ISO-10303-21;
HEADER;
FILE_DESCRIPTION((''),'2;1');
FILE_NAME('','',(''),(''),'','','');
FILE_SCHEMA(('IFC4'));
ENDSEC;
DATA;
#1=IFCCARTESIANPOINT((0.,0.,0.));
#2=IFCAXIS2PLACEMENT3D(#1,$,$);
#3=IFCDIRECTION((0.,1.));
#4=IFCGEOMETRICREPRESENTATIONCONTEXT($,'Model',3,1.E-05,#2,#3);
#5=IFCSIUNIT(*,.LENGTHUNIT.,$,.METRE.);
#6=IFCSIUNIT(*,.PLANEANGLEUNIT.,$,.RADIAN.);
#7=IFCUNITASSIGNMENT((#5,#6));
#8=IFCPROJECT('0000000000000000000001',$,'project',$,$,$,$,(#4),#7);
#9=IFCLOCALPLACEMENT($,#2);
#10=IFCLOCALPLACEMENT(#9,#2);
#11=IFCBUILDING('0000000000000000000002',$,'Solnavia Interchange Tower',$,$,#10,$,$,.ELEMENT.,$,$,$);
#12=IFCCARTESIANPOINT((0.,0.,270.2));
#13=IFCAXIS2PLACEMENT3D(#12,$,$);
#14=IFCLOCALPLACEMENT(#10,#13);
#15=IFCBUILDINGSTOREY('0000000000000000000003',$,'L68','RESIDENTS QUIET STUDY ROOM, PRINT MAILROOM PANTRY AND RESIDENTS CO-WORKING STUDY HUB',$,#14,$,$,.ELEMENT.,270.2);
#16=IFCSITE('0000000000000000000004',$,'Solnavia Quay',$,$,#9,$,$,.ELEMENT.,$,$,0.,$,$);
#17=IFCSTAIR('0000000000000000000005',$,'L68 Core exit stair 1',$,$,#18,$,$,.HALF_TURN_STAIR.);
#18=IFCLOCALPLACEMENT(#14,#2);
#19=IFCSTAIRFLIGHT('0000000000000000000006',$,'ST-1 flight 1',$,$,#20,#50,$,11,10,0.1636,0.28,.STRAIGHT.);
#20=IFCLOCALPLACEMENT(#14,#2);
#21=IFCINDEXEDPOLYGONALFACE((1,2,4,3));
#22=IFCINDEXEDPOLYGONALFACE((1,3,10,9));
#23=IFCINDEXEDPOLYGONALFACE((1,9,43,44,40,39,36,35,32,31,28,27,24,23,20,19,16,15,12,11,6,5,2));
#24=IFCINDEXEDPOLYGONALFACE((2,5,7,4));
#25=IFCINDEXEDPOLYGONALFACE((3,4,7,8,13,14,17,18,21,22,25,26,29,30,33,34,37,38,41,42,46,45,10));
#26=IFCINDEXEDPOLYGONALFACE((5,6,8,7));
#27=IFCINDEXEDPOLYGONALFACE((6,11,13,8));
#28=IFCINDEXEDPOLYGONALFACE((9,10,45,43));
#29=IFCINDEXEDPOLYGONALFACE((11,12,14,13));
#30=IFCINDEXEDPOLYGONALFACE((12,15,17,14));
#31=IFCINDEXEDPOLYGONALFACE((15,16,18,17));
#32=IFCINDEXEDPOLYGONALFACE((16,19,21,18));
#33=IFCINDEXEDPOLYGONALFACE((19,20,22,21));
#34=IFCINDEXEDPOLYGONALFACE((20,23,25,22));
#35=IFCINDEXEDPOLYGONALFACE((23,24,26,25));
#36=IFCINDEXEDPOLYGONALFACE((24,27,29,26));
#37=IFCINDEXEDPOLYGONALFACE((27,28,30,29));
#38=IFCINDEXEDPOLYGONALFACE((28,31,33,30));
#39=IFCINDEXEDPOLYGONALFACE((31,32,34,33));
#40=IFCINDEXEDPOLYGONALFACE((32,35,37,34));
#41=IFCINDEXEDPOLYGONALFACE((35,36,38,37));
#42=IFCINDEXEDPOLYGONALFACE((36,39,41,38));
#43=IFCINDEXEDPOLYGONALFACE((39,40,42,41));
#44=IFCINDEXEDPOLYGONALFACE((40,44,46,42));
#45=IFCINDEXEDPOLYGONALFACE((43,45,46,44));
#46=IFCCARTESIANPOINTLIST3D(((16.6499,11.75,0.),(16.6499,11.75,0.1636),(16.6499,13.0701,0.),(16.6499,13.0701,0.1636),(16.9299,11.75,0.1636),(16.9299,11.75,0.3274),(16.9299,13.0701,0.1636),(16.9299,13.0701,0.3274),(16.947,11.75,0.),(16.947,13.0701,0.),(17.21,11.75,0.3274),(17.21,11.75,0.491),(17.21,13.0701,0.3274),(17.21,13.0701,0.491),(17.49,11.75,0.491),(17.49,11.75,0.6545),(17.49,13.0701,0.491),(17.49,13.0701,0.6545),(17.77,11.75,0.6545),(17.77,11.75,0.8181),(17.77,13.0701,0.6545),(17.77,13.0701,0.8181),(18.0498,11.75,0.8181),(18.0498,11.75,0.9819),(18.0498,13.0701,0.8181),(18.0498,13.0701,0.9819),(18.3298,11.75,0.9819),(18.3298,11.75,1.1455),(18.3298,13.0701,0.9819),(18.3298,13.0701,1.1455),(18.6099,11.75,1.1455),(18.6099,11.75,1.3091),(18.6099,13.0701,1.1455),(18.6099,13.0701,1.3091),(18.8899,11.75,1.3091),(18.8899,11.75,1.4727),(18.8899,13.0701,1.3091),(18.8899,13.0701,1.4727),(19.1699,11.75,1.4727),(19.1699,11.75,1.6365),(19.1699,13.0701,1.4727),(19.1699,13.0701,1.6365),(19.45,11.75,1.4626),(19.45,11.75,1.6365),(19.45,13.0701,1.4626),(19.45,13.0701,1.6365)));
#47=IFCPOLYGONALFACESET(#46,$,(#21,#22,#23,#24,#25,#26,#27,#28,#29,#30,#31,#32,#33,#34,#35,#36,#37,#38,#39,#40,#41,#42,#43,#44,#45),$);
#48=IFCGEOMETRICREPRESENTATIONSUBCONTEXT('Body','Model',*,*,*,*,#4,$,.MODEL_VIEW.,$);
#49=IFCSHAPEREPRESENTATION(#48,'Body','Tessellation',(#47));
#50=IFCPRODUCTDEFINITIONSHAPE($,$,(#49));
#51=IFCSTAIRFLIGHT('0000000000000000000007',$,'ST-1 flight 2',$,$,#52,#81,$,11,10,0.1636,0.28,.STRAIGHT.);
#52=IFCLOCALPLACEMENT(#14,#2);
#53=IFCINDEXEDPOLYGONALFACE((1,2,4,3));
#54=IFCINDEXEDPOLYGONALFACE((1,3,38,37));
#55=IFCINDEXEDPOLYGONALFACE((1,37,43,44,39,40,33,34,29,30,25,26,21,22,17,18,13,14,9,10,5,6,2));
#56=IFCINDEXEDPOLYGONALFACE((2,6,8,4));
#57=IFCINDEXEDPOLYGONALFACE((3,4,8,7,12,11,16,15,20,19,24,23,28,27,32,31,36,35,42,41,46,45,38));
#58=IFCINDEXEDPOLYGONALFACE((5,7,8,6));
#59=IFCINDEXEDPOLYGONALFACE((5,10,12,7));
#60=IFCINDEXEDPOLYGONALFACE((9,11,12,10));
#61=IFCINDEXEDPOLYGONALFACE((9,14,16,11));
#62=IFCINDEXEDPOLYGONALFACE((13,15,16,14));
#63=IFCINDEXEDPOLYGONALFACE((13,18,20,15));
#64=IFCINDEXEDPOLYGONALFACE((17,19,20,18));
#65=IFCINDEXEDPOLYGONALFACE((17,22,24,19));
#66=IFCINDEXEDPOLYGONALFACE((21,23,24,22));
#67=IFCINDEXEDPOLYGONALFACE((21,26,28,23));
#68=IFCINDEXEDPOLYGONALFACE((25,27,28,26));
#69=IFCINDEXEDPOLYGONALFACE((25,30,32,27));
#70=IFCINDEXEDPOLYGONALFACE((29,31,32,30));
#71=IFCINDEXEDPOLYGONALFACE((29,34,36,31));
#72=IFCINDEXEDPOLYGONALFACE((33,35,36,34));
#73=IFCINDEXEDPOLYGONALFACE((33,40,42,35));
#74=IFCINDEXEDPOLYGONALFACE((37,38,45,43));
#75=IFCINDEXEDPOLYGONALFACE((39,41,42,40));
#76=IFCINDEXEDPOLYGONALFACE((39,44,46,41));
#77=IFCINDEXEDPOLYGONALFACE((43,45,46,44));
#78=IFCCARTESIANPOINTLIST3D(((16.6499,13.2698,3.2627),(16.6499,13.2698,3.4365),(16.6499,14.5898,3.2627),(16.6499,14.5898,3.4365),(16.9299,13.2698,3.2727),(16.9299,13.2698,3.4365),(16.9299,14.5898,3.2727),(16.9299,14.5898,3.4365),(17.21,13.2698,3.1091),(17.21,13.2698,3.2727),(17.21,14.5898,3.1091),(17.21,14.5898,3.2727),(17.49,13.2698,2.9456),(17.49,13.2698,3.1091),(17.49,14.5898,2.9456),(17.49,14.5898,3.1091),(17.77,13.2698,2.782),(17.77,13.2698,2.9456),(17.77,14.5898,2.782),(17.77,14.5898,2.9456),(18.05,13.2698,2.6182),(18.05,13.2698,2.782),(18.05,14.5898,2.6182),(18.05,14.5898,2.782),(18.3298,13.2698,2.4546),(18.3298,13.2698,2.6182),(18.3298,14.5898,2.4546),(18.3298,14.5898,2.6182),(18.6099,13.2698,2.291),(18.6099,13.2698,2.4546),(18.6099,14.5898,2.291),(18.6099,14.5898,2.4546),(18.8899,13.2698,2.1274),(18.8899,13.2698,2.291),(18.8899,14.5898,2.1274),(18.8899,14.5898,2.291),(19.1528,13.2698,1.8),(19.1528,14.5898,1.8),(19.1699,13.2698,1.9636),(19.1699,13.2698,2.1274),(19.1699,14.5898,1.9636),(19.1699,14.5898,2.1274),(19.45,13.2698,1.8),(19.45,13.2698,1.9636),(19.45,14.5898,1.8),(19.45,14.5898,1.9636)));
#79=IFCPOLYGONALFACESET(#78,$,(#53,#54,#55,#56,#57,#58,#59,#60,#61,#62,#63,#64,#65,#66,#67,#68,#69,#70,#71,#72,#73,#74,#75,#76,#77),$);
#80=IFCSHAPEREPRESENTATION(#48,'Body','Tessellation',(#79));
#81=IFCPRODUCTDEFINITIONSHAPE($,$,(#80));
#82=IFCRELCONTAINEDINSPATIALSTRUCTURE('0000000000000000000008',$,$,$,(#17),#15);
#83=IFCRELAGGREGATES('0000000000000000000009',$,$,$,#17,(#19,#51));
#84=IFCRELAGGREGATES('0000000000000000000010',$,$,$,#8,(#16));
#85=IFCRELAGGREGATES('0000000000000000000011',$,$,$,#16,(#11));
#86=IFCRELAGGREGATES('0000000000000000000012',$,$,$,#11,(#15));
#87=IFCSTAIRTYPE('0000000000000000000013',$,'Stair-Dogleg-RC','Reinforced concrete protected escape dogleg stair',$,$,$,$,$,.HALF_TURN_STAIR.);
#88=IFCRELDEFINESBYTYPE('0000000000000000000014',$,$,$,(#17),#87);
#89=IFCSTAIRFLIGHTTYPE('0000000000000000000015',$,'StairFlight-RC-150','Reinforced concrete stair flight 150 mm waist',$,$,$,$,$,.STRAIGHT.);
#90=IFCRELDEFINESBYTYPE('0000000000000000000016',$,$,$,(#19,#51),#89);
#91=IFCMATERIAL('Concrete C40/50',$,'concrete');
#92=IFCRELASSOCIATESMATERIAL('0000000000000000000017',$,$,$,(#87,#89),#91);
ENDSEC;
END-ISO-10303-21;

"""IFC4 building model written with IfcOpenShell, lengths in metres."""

from ifc_helpers import new_model, si_unit, direction, frame, origin, place, context, subcontext, project, spatial, polyline, outline, extrude, material, type_object, element, aggregate, save


model = new_model("IFC4")

# Units and contexts
model_context = context("Model", 3, precision=1e-05, world=origin(), true_north=direction((0.0, 1.0)))
body_context = subcontext(model_context, "Body", "Model", "MODEL_VIEW")
ifc_project = project(units=[si_unit("LENGTHUNIT", "METRE"), si_unit("PLANEANGLEUNIT", "RADIAN")], contexts=[model_context])

# Site, building, storey
site_placement = place(None, origin())
site = spatial("IfcSite", under=ifc_project, at=site_placement, Name="Solnavia Quay", CompositionType="ELEMENT", RefElevation=0.0)
building_placement = place(site_placement, origin())
building = spatial("IfcBuilding", under=site, at=building_placement, Name="Solnavia Interchange Tower", CompositionType="ELEMENT")
storey_placement = place(building_placement, frame((0.0, 0.0, 270.2)))
storey = spatial("IfcBuildingStorey", under=building, at=storey_placement, Name="L68", Description="RESIDENTS QUIET STUDY ROOM, PRINT MAILROOM PANTRY AND RESIDENTS CO-WORKING STUDY HUB", CompositionType="ELEMENT", Elevation=270.2)

# Shared definitions
ifc_material_1 = material(Name="Concrete C40/50", Category="concrete")

# Stair, stair flights
stair_type = type_object("IfcStairType", Name="Stair-Dogleg-RC", Description="Reinforced concrete protected escape dogleg stair", PredefinedType="HALF_TURN_STAIR", material=ifc_material_1)
stair_placement = place(storey_placement, origin())
stair = element("IfcStair", 1, at=stair_placement, inside=storey, type_object=stair_type, Name="L68 Core exit stair 1", PredefinedType="HALF_TURN_STAIR")
stair_flight_type = type_object("IfcStairFlightType", Name="StairFlight-RC-150", Description="Reinforced concrete stair flight 150 mm waist", PredefinedType="STRAIGHT", material=ifc_material_1)
stair_flight_1_placement = place(storey_placement, frame((16.6499, 12.4099, 0.0), z_axis=(0.0, 0.0, 1.0), x_axis=(1.0, 0.0, 0.0)))
stair_flight_1 = element("IfcStairFlight", 2, at=stair_flight_1_placement, type_object=stair_flight_type, Name="ST-1 flight 1", NumberOfRisers=11, NumberOfTreads=10, PredefinedType="STRAIGHT", RiserHeight=0.1636, TreadLength=0.28, context=body_context, shape_type="SweptSolid", body=[
    extrude(outline(polyline([(0.0, 0.0), (0.0, 0.1636), (0.28, 0.1636), (0.28, 0.3274), (0.5601, 0.3274), (0.5601, 0.491), (0.8401, 0.491), (0.8401, 0.6545), (1.1201, 0.6545), (1.1201, 0.8181), (1.3999, 0.8181), (1.3999, 0.9819), (1.6799, 0.9819), (1.6799, 1.1455), (1.96, 1.1455), (1.96, 1.3091), (2.24, 1.3091), (2.24, 1.4727), (2.52, 1.4727), (2.52, 1.6365), (2.8, 1.6365), (2.8, 1.8), (2.8, 1.4626), (0.2971, 0.0), (0.0, 0.0)])), frame((0.0, 0.6602, 0.0), z_axis=(0.0, -1.0, 0.0), x_axis=(1.0, 0.0, 0.0)), (0.0, 0.0, 1.0), 1.3201),
])
stair_flight_2_placement = place(storey_placement, frame((19.45, 13.9299, 1.8), z_axis=(0.0, 0.0, 1.0), x_axis=(-1.0, 0.0, 0.0)))
stair_flight_2 = element("IfcStairFlight", 3, at=stair_flight_2_placement, type_object=stair_flight_type, Name="ST-1 flight 2", NumberOfRisers=11, NumberOfTreads=10, PredefinedType="STRAIGHT", RiserHeight=0.1636, TreadLength=0.28, context=body_context, shape_type="SweptSolid", body=[
    extrude(outline(polyline([(0.0, 0.0), (0.0, 0.1636), (0.28, 0.1636), (0.28, 0.3274), (0.5601, 0.3274), (0.5601, 0.491), (0.8401, 0.491), (0.8401, 0.6545), (1.1201, 0.6545), (1.1201, 0.8181), (1.3999, 0.8181), (1.3999, 0.9819), (1.6799, 0.9819), (1.6799, 1.1455), (1.96, 1.1455), (1.96, 1.3091), (2.24, 1.3091), (2.24, 1.4727), (2.52, 1.4727), (2.52, 1.6365), (2.8, 1.6365), (2.8, 1.8), (2.8, 1.4626), (0.2971, 0.0), (0.0, 0.0)])), frame((0.0, 0.6602, 0.0), z_axis=(0.0, -1.0, 0.0), x_axis=(1.0, 0.0, 0.0)), (0.0, 0.0, 1.0), 1.3201),
])
aggregate(stair, [stair_flight_1, stair_flight_2])

save(model, "model.ifc")
